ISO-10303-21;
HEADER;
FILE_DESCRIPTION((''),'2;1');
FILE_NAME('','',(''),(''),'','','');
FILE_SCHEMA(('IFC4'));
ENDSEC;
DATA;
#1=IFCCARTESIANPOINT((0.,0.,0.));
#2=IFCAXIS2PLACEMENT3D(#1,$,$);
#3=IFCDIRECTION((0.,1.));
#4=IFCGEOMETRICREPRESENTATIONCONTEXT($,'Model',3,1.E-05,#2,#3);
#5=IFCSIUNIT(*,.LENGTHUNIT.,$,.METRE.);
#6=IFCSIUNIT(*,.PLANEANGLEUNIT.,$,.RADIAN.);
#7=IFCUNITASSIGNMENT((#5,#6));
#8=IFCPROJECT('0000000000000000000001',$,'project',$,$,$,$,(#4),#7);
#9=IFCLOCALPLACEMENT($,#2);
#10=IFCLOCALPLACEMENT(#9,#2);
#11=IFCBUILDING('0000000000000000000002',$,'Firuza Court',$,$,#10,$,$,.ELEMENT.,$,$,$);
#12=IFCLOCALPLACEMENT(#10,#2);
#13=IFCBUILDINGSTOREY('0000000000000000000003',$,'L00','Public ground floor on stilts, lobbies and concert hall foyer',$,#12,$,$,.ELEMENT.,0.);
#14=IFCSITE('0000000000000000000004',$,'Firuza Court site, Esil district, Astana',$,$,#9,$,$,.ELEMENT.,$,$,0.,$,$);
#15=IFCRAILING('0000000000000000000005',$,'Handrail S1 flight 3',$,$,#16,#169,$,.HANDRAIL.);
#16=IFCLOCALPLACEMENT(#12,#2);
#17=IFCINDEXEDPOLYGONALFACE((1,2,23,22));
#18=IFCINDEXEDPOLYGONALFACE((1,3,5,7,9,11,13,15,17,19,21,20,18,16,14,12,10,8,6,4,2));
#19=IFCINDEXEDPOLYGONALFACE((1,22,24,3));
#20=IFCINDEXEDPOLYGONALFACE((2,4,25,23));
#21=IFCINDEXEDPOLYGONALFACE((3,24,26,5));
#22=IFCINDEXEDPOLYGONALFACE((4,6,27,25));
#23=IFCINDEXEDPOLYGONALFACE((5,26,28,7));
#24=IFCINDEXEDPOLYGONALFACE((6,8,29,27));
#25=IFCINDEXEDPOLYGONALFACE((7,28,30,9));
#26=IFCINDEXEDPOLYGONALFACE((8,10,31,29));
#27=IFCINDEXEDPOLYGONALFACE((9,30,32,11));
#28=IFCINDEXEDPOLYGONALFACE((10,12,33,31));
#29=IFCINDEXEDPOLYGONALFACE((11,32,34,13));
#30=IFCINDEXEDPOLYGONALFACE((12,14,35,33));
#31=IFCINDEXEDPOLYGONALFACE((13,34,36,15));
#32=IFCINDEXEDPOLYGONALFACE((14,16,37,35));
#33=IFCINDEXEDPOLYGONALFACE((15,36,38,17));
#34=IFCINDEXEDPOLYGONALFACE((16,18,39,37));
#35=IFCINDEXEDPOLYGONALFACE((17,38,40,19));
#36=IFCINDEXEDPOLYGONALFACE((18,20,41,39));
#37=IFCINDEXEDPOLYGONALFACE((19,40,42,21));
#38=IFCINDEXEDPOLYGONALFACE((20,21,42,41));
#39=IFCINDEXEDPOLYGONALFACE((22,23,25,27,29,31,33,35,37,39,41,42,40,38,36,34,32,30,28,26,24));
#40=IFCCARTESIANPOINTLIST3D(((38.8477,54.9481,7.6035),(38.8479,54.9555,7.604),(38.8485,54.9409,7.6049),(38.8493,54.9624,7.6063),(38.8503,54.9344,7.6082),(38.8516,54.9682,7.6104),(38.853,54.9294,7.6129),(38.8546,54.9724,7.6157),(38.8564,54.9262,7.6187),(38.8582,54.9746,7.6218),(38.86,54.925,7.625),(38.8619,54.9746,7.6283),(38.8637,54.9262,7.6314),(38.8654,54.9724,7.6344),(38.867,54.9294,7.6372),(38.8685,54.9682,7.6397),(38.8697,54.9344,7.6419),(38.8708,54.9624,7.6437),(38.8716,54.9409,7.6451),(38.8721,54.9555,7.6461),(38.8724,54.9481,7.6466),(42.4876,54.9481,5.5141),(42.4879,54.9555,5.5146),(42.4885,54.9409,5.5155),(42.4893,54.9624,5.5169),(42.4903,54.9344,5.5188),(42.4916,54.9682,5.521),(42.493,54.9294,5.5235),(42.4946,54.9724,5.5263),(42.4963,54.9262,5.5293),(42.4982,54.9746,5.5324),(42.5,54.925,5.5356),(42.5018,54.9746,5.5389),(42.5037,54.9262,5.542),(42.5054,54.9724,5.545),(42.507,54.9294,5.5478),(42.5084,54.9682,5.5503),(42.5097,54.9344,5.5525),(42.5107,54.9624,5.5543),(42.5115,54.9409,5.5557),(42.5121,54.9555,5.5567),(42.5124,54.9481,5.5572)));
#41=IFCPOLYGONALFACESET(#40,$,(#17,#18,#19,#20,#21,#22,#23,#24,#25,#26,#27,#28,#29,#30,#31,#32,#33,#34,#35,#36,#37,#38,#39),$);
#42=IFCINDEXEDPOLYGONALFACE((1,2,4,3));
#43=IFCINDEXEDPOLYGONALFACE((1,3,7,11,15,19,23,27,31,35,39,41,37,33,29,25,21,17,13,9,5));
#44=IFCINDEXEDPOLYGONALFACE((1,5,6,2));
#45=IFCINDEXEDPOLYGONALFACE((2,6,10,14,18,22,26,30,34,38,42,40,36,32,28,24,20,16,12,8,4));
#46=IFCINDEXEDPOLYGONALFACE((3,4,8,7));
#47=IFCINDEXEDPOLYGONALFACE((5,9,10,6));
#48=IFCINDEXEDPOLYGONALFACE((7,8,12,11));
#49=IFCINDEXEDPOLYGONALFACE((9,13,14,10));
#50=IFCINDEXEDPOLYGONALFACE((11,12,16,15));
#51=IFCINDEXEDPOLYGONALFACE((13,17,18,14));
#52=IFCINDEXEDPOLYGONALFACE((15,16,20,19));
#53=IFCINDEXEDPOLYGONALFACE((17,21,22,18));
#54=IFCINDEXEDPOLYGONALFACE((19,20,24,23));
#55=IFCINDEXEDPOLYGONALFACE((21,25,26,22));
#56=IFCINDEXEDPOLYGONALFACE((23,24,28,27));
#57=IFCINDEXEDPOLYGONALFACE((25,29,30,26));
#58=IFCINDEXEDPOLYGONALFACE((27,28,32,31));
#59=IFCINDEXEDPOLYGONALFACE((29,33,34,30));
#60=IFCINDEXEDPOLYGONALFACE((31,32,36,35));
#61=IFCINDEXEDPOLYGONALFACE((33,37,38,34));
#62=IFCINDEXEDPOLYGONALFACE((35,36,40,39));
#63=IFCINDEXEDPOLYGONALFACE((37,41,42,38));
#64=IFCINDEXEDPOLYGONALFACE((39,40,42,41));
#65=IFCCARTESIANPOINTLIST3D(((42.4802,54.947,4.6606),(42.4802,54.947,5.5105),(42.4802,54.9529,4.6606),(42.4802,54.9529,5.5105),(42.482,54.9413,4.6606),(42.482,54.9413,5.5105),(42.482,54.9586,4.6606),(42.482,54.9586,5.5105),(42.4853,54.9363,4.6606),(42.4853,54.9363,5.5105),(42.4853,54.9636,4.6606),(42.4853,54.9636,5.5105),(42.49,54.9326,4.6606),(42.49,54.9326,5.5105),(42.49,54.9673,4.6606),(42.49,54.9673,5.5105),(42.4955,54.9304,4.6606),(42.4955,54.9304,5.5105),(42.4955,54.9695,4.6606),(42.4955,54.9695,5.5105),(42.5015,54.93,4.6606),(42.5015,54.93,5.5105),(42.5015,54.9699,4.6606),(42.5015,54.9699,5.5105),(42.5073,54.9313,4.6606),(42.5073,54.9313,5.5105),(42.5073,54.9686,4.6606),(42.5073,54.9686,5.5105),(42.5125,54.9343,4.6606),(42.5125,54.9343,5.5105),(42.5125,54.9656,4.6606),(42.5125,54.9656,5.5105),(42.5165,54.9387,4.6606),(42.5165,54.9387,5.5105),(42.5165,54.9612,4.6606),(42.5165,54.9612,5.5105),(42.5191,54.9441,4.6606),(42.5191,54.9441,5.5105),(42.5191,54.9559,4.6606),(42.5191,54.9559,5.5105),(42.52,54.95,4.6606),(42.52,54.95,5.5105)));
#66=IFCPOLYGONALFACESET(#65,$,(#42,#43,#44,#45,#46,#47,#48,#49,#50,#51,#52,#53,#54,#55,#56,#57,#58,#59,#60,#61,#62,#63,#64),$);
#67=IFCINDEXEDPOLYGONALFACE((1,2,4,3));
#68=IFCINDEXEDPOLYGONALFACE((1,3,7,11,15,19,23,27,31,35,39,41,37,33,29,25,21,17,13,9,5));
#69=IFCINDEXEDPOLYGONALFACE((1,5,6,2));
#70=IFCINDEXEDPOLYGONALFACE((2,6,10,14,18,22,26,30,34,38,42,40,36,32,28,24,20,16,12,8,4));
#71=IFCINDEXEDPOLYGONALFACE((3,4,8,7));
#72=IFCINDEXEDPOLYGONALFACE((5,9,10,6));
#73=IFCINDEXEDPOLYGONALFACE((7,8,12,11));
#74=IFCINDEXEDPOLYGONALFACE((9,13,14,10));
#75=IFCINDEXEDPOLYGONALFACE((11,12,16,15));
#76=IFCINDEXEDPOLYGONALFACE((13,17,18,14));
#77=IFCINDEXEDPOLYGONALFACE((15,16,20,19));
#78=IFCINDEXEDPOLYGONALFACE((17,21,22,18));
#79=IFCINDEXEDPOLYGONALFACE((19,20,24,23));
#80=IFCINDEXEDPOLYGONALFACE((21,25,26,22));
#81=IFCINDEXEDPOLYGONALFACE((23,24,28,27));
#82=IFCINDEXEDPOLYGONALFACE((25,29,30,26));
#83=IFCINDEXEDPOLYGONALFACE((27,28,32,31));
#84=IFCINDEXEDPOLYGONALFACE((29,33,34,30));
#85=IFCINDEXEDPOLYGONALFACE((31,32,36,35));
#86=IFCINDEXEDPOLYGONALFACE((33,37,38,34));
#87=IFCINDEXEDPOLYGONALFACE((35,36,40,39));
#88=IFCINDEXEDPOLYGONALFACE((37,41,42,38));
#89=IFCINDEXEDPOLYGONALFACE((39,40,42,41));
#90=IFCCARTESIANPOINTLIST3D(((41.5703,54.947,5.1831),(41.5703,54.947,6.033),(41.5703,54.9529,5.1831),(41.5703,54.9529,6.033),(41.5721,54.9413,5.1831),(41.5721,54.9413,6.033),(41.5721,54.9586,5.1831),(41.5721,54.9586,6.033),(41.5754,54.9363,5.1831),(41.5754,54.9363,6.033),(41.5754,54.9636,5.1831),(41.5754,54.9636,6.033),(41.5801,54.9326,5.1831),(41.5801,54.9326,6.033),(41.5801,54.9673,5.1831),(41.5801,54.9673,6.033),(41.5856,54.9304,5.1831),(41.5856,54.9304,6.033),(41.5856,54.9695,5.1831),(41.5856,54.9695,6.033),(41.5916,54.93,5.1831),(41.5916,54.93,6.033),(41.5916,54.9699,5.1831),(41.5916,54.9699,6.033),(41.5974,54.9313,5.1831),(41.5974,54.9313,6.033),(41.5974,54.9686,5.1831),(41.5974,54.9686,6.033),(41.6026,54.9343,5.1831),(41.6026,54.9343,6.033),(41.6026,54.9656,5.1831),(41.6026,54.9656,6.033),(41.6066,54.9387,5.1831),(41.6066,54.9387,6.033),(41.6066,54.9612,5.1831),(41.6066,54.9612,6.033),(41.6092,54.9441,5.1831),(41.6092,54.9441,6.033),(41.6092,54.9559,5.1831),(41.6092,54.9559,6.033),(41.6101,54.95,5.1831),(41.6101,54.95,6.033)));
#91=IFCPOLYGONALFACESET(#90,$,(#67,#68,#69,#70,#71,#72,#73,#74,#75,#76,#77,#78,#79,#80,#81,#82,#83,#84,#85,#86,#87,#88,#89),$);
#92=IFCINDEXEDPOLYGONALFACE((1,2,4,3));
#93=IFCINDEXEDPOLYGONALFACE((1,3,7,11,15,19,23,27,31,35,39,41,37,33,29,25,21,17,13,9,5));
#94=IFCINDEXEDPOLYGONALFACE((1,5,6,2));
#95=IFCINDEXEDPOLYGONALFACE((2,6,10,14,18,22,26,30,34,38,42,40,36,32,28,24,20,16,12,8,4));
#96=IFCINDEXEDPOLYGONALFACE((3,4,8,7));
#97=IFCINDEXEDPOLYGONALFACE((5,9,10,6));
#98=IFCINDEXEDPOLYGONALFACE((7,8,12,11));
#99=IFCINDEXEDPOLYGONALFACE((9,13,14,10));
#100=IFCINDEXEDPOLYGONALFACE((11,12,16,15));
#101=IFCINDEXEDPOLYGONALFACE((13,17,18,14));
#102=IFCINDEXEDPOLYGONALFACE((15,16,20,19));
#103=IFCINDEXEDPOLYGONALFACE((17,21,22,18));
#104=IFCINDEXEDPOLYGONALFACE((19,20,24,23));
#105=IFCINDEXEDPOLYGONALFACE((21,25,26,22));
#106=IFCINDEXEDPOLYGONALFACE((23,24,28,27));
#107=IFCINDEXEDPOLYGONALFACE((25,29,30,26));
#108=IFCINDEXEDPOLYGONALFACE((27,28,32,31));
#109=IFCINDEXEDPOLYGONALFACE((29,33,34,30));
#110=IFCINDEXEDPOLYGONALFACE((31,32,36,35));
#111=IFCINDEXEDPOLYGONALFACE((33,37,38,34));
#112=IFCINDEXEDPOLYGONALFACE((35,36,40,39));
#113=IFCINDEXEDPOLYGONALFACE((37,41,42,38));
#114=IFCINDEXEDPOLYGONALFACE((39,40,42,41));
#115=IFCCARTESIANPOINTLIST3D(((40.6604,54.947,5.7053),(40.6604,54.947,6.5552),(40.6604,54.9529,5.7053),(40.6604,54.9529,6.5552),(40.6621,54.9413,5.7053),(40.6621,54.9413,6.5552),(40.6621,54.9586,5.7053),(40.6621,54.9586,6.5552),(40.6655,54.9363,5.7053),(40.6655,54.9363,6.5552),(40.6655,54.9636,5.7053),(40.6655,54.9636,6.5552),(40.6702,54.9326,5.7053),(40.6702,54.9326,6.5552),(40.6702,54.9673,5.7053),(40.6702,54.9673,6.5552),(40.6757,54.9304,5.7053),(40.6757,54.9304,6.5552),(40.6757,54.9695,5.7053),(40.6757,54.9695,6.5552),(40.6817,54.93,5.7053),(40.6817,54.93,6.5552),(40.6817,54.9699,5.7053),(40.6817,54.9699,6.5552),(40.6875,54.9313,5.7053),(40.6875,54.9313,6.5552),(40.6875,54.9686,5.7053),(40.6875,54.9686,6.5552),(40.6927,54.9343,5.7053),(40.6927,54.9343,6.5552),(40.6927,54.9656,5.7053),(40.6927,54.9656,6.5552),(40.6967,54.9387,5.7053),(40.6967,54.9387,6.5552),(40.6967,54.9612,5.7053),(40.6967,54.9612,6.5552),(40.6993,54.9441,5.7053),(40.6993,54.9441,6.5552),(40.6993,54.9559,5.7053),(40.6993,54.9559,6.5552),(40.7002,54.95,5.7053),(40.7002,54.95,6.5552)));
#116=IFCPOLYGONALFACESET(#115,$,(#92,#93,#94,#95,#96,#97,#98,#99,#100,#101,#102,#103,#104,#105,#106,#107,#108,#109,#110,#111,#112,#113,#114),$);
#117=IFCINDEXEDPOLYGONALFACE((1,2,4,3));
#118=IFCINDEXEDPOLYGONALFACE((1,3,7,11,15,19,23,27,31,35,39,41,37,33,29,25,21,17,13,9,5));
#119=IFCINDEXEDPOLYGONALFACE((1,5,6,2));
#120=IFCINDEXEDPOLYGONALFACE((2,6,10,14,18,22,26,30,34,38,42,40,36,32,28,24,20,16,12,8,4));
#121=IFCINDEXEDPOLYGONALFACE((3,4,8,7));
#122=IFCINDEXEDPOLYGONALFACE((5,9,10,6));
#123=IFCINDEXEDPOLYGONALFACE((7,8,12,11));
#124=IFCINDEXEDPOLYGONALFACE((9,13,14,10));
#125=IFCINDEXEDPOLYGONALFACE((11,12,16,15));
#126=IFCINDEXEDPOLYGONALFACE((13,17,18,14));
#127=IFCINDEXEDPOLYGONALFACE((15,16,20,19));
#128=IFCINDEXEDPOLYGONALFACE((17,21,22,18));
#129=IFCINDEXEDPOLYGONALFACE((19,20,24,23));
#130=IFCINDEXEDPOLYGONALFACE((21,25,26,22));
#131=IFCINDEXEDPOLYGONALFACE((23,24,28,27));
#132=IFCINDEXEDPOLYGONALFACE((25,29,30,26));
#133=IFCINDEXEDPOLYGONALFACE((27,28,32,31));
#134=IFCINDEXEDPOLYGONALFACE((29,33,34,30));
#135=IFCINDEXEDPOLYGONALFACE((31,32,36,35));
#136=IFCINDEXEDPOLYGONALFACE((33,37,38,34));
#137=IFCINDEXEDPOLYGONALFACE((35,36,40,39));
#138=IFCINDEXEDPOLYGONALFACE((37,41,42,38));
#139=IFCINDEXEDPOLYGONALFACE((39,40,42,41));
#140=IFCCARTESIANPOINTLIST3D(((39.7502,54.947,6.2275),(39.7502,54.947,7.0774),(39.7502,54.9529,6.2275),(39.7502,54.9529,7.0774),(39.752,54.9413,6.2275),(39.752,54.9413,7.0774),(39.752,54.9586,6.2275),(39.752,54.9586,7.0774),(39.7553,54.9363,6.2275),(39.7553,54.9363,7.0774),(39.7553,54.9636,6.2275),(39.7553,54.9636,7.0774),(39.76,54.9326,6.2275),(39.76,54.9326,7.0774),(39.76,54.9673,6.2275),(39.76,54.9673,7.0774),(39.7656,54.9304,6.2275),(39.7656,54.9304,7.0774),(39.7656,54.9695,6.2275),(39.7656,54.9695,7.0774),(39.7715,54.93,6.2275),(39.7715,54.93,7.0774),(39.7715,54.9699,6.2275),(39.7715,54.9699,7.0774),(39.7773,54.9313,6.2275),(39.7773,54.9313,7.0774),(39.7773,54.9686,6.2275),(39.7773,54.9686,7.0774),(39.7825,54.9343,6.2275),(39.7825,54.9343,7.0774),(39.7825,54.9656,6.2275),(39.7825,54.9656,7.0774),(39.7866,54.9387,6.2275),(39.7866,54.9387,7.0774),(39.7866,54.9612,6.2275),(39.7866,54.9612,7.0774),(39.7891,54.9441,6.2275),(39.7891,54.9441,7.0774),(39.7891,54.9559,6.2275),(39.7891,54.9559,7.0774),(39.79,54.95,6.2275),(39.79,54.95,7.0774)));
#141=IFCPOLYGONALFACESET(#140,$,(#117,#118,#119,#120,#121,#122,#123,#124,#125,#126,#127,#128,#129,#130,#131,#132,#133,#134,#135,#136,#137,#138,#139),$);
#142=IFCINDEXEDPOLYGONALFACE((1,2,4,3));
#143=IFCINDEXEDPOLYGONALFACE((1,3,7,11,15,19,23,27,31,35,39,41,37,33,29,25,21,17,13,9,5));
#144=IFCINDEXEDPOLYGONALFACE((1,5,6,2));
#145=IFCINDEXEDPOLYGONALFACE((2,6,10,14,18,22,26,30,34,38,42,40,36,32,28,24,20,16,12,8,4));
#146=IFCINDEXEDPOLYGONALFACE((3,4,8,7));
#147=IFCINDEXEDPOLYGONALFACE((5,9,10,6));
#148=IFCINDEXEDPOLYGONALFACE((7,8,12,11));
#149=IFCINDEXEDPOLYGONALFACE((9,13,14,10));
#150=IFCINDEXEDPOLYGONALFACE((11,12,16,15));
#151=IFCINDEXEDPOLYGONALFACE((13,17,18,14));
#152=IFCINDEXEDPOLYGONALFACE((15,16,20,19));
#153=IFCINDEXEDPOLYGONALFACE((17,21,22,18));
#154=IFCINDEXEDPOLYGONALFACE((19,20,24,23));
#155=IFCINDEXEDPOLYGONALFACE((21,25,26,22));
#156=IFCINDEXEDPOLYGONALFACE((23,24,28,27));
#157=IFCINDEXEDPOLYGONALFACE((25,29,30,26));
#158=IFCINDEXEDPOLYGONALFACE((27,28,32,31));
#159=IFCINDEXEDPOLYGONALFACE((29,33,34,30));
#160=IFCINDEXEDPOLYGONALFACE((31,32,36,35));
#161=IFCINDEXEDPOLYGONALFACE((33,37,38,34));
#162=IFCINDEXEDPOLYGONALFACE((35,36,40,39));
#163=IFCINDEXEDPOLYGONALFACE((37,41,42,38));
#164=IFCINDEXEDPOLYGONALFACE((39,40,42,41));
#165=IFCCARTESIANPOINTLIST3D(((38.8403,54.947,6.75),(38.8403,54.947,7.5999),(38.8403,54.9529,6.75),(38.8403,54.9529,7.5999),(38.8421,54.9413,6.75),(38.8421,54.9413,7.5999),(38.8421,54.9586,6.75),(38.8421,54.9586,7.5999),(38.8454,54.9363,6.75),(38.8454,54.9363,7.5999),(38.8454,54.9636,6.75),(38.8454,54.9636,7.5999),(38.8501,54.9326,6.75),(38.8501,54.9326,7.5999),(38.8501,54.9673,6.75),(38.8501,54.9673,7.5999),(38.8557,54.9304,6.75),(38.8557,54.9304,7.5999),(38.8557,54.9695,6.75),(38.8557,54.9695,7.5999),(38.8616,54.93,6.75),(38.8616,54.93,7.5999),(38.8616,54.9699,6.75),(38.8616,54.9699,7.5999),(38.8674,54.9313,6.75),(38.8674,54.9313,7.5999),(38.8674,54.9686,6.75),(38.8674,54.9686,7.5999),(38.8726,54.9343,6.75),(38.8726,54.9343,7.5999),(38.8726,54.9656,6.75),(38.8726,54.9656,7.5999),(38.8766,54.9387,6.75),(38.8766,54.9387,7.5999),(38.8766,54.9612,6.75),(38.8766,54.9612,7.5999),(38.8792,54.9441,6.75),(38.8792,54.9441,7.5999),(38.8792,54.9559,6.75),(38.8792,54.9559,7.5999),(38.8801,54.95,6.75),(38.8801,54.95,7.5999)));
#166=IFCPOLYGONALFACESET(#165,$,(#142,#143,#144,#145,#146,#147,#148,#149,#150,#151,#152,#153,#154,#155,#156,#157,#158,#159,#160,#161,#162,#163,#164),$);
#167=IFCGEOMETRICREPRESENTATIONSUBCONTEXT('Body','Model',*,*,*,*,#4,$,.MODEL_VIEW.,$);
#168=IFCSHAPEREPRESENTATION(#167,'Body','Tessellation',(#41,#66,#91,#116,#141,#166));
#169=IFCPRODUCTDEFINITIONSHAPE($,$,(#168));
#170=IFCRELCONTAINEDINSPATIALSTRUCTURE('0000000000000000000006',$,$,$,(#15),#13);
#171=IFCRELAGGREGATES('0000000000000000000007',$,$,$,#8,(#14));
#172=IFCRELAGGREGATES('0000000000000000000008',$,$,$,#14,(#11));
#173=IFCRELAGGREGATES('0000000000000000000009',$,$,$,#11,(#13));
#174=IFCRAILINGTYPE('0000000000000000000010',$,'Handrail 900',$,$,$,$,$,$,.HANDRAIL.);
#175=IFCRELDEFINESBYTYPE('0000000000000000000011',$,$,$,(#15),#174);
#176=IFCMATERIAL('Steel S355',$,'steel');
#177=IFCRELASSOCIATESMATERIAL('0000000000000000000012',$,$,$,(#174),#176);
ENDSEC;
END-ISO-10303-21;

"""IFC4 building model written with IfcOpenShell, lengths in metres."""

from ifc_helpers import new_model, si_unit, direction, frame, origin, origin_2d, place, context, subcontext, project, spatial, circle, extrude, material, type_object, element, save


model = new_model("IFC4")

# Units and contexts
model_context = context("Model", 3, precision=1e-05, world=origin(), true_north=direction((0.0, 1.0)))
body_context = subcontext(model_context, "Body", "Model", "MODEL_VIEW")
ifc_project = project(units=[si_unit("LENGTHUNIT", "METRE"), si_unit("PLANEANGLEUNIT", "RADIAN")], contexts=[model_context])

# Site, building, storey
site_placement = place(None, origin())
site = spatial("IfcSite", under=ifc_project, at=site_placement, Name="Firuza Court site, Esil district, Astana", CompositionType="ELEMENT", RefElevation=0.0)
building_placement = place(site_placement, origin())
building = spatial("IfcBuilding", under=site, at=building_placement, Name="Firuza Court", CompositionType="ELEMENT")
storey_placement = place(building_placement, origin())
storey = spatial("IfcBuildingStorey", under=building, at=storey_placement, Name="L00", Description="Public ground floor on stilts, lobbies and concert hall foyer", CompositionType="ELEMENT", Elevation=0.0)

# Railing
ifc_material_1 = material(Name="Steel S355", Category="steel")
railing_type_1 = type_object("IfcRailingType", Name="Handrail 900", PredefinedType="HANDRAIL", material=ifc_material_1)
railing_1_placement = place(storey_placement, frame((42.5, 54.95, 4.6606)))
element("IfcRailing", 1, at=railing_1_placement, inside=storey, type_object=railing_type_1, Name="Handrail S1 flight 3", PredefinedType="HANDRAIL", context=body_context, shape_type="SweptSolid", body=[
    extrude(circle(Radius=0.0249, at=origin_2d()), frame((0.0, 0.0, 0.875), z_axis=(-0.867275, 0.0, 0.497829), x_axis=(0.0, -1.0, 0.0)), (0.0, 0.0, 1.0), 4.197),
    extrude(circle(Radius=0.02, at=origin_2d()), origin(), (0.0, 0.0, 1.0), 0.8499),
    extrude(circle(Radius=0.02, at=origin_2d()), frame((-0.9099, 0.0, 0.5225)), (0.0, 0.0, 1.0), 0.8499),
    extrude(circle(Radius=0.02, at=origin_2d()), frame((-1.8198, 0.0, 1.0447)), (0.0, 0.0, 1.0), 0.8499),
    extrude(circle(Radius=0.02, at=origin_2d()), frame((-2.73, 0.0, 1.5669)), (0.0, 0.0, 1.0), 0.8499),
    extrude(circle(Radius=0.02, at=origin_2d()), frame((-3.6399, 0.0, 2.0894)), (0.0, 0.0, 1.0), 0.8499),
])

save(model, "model.ifc")
